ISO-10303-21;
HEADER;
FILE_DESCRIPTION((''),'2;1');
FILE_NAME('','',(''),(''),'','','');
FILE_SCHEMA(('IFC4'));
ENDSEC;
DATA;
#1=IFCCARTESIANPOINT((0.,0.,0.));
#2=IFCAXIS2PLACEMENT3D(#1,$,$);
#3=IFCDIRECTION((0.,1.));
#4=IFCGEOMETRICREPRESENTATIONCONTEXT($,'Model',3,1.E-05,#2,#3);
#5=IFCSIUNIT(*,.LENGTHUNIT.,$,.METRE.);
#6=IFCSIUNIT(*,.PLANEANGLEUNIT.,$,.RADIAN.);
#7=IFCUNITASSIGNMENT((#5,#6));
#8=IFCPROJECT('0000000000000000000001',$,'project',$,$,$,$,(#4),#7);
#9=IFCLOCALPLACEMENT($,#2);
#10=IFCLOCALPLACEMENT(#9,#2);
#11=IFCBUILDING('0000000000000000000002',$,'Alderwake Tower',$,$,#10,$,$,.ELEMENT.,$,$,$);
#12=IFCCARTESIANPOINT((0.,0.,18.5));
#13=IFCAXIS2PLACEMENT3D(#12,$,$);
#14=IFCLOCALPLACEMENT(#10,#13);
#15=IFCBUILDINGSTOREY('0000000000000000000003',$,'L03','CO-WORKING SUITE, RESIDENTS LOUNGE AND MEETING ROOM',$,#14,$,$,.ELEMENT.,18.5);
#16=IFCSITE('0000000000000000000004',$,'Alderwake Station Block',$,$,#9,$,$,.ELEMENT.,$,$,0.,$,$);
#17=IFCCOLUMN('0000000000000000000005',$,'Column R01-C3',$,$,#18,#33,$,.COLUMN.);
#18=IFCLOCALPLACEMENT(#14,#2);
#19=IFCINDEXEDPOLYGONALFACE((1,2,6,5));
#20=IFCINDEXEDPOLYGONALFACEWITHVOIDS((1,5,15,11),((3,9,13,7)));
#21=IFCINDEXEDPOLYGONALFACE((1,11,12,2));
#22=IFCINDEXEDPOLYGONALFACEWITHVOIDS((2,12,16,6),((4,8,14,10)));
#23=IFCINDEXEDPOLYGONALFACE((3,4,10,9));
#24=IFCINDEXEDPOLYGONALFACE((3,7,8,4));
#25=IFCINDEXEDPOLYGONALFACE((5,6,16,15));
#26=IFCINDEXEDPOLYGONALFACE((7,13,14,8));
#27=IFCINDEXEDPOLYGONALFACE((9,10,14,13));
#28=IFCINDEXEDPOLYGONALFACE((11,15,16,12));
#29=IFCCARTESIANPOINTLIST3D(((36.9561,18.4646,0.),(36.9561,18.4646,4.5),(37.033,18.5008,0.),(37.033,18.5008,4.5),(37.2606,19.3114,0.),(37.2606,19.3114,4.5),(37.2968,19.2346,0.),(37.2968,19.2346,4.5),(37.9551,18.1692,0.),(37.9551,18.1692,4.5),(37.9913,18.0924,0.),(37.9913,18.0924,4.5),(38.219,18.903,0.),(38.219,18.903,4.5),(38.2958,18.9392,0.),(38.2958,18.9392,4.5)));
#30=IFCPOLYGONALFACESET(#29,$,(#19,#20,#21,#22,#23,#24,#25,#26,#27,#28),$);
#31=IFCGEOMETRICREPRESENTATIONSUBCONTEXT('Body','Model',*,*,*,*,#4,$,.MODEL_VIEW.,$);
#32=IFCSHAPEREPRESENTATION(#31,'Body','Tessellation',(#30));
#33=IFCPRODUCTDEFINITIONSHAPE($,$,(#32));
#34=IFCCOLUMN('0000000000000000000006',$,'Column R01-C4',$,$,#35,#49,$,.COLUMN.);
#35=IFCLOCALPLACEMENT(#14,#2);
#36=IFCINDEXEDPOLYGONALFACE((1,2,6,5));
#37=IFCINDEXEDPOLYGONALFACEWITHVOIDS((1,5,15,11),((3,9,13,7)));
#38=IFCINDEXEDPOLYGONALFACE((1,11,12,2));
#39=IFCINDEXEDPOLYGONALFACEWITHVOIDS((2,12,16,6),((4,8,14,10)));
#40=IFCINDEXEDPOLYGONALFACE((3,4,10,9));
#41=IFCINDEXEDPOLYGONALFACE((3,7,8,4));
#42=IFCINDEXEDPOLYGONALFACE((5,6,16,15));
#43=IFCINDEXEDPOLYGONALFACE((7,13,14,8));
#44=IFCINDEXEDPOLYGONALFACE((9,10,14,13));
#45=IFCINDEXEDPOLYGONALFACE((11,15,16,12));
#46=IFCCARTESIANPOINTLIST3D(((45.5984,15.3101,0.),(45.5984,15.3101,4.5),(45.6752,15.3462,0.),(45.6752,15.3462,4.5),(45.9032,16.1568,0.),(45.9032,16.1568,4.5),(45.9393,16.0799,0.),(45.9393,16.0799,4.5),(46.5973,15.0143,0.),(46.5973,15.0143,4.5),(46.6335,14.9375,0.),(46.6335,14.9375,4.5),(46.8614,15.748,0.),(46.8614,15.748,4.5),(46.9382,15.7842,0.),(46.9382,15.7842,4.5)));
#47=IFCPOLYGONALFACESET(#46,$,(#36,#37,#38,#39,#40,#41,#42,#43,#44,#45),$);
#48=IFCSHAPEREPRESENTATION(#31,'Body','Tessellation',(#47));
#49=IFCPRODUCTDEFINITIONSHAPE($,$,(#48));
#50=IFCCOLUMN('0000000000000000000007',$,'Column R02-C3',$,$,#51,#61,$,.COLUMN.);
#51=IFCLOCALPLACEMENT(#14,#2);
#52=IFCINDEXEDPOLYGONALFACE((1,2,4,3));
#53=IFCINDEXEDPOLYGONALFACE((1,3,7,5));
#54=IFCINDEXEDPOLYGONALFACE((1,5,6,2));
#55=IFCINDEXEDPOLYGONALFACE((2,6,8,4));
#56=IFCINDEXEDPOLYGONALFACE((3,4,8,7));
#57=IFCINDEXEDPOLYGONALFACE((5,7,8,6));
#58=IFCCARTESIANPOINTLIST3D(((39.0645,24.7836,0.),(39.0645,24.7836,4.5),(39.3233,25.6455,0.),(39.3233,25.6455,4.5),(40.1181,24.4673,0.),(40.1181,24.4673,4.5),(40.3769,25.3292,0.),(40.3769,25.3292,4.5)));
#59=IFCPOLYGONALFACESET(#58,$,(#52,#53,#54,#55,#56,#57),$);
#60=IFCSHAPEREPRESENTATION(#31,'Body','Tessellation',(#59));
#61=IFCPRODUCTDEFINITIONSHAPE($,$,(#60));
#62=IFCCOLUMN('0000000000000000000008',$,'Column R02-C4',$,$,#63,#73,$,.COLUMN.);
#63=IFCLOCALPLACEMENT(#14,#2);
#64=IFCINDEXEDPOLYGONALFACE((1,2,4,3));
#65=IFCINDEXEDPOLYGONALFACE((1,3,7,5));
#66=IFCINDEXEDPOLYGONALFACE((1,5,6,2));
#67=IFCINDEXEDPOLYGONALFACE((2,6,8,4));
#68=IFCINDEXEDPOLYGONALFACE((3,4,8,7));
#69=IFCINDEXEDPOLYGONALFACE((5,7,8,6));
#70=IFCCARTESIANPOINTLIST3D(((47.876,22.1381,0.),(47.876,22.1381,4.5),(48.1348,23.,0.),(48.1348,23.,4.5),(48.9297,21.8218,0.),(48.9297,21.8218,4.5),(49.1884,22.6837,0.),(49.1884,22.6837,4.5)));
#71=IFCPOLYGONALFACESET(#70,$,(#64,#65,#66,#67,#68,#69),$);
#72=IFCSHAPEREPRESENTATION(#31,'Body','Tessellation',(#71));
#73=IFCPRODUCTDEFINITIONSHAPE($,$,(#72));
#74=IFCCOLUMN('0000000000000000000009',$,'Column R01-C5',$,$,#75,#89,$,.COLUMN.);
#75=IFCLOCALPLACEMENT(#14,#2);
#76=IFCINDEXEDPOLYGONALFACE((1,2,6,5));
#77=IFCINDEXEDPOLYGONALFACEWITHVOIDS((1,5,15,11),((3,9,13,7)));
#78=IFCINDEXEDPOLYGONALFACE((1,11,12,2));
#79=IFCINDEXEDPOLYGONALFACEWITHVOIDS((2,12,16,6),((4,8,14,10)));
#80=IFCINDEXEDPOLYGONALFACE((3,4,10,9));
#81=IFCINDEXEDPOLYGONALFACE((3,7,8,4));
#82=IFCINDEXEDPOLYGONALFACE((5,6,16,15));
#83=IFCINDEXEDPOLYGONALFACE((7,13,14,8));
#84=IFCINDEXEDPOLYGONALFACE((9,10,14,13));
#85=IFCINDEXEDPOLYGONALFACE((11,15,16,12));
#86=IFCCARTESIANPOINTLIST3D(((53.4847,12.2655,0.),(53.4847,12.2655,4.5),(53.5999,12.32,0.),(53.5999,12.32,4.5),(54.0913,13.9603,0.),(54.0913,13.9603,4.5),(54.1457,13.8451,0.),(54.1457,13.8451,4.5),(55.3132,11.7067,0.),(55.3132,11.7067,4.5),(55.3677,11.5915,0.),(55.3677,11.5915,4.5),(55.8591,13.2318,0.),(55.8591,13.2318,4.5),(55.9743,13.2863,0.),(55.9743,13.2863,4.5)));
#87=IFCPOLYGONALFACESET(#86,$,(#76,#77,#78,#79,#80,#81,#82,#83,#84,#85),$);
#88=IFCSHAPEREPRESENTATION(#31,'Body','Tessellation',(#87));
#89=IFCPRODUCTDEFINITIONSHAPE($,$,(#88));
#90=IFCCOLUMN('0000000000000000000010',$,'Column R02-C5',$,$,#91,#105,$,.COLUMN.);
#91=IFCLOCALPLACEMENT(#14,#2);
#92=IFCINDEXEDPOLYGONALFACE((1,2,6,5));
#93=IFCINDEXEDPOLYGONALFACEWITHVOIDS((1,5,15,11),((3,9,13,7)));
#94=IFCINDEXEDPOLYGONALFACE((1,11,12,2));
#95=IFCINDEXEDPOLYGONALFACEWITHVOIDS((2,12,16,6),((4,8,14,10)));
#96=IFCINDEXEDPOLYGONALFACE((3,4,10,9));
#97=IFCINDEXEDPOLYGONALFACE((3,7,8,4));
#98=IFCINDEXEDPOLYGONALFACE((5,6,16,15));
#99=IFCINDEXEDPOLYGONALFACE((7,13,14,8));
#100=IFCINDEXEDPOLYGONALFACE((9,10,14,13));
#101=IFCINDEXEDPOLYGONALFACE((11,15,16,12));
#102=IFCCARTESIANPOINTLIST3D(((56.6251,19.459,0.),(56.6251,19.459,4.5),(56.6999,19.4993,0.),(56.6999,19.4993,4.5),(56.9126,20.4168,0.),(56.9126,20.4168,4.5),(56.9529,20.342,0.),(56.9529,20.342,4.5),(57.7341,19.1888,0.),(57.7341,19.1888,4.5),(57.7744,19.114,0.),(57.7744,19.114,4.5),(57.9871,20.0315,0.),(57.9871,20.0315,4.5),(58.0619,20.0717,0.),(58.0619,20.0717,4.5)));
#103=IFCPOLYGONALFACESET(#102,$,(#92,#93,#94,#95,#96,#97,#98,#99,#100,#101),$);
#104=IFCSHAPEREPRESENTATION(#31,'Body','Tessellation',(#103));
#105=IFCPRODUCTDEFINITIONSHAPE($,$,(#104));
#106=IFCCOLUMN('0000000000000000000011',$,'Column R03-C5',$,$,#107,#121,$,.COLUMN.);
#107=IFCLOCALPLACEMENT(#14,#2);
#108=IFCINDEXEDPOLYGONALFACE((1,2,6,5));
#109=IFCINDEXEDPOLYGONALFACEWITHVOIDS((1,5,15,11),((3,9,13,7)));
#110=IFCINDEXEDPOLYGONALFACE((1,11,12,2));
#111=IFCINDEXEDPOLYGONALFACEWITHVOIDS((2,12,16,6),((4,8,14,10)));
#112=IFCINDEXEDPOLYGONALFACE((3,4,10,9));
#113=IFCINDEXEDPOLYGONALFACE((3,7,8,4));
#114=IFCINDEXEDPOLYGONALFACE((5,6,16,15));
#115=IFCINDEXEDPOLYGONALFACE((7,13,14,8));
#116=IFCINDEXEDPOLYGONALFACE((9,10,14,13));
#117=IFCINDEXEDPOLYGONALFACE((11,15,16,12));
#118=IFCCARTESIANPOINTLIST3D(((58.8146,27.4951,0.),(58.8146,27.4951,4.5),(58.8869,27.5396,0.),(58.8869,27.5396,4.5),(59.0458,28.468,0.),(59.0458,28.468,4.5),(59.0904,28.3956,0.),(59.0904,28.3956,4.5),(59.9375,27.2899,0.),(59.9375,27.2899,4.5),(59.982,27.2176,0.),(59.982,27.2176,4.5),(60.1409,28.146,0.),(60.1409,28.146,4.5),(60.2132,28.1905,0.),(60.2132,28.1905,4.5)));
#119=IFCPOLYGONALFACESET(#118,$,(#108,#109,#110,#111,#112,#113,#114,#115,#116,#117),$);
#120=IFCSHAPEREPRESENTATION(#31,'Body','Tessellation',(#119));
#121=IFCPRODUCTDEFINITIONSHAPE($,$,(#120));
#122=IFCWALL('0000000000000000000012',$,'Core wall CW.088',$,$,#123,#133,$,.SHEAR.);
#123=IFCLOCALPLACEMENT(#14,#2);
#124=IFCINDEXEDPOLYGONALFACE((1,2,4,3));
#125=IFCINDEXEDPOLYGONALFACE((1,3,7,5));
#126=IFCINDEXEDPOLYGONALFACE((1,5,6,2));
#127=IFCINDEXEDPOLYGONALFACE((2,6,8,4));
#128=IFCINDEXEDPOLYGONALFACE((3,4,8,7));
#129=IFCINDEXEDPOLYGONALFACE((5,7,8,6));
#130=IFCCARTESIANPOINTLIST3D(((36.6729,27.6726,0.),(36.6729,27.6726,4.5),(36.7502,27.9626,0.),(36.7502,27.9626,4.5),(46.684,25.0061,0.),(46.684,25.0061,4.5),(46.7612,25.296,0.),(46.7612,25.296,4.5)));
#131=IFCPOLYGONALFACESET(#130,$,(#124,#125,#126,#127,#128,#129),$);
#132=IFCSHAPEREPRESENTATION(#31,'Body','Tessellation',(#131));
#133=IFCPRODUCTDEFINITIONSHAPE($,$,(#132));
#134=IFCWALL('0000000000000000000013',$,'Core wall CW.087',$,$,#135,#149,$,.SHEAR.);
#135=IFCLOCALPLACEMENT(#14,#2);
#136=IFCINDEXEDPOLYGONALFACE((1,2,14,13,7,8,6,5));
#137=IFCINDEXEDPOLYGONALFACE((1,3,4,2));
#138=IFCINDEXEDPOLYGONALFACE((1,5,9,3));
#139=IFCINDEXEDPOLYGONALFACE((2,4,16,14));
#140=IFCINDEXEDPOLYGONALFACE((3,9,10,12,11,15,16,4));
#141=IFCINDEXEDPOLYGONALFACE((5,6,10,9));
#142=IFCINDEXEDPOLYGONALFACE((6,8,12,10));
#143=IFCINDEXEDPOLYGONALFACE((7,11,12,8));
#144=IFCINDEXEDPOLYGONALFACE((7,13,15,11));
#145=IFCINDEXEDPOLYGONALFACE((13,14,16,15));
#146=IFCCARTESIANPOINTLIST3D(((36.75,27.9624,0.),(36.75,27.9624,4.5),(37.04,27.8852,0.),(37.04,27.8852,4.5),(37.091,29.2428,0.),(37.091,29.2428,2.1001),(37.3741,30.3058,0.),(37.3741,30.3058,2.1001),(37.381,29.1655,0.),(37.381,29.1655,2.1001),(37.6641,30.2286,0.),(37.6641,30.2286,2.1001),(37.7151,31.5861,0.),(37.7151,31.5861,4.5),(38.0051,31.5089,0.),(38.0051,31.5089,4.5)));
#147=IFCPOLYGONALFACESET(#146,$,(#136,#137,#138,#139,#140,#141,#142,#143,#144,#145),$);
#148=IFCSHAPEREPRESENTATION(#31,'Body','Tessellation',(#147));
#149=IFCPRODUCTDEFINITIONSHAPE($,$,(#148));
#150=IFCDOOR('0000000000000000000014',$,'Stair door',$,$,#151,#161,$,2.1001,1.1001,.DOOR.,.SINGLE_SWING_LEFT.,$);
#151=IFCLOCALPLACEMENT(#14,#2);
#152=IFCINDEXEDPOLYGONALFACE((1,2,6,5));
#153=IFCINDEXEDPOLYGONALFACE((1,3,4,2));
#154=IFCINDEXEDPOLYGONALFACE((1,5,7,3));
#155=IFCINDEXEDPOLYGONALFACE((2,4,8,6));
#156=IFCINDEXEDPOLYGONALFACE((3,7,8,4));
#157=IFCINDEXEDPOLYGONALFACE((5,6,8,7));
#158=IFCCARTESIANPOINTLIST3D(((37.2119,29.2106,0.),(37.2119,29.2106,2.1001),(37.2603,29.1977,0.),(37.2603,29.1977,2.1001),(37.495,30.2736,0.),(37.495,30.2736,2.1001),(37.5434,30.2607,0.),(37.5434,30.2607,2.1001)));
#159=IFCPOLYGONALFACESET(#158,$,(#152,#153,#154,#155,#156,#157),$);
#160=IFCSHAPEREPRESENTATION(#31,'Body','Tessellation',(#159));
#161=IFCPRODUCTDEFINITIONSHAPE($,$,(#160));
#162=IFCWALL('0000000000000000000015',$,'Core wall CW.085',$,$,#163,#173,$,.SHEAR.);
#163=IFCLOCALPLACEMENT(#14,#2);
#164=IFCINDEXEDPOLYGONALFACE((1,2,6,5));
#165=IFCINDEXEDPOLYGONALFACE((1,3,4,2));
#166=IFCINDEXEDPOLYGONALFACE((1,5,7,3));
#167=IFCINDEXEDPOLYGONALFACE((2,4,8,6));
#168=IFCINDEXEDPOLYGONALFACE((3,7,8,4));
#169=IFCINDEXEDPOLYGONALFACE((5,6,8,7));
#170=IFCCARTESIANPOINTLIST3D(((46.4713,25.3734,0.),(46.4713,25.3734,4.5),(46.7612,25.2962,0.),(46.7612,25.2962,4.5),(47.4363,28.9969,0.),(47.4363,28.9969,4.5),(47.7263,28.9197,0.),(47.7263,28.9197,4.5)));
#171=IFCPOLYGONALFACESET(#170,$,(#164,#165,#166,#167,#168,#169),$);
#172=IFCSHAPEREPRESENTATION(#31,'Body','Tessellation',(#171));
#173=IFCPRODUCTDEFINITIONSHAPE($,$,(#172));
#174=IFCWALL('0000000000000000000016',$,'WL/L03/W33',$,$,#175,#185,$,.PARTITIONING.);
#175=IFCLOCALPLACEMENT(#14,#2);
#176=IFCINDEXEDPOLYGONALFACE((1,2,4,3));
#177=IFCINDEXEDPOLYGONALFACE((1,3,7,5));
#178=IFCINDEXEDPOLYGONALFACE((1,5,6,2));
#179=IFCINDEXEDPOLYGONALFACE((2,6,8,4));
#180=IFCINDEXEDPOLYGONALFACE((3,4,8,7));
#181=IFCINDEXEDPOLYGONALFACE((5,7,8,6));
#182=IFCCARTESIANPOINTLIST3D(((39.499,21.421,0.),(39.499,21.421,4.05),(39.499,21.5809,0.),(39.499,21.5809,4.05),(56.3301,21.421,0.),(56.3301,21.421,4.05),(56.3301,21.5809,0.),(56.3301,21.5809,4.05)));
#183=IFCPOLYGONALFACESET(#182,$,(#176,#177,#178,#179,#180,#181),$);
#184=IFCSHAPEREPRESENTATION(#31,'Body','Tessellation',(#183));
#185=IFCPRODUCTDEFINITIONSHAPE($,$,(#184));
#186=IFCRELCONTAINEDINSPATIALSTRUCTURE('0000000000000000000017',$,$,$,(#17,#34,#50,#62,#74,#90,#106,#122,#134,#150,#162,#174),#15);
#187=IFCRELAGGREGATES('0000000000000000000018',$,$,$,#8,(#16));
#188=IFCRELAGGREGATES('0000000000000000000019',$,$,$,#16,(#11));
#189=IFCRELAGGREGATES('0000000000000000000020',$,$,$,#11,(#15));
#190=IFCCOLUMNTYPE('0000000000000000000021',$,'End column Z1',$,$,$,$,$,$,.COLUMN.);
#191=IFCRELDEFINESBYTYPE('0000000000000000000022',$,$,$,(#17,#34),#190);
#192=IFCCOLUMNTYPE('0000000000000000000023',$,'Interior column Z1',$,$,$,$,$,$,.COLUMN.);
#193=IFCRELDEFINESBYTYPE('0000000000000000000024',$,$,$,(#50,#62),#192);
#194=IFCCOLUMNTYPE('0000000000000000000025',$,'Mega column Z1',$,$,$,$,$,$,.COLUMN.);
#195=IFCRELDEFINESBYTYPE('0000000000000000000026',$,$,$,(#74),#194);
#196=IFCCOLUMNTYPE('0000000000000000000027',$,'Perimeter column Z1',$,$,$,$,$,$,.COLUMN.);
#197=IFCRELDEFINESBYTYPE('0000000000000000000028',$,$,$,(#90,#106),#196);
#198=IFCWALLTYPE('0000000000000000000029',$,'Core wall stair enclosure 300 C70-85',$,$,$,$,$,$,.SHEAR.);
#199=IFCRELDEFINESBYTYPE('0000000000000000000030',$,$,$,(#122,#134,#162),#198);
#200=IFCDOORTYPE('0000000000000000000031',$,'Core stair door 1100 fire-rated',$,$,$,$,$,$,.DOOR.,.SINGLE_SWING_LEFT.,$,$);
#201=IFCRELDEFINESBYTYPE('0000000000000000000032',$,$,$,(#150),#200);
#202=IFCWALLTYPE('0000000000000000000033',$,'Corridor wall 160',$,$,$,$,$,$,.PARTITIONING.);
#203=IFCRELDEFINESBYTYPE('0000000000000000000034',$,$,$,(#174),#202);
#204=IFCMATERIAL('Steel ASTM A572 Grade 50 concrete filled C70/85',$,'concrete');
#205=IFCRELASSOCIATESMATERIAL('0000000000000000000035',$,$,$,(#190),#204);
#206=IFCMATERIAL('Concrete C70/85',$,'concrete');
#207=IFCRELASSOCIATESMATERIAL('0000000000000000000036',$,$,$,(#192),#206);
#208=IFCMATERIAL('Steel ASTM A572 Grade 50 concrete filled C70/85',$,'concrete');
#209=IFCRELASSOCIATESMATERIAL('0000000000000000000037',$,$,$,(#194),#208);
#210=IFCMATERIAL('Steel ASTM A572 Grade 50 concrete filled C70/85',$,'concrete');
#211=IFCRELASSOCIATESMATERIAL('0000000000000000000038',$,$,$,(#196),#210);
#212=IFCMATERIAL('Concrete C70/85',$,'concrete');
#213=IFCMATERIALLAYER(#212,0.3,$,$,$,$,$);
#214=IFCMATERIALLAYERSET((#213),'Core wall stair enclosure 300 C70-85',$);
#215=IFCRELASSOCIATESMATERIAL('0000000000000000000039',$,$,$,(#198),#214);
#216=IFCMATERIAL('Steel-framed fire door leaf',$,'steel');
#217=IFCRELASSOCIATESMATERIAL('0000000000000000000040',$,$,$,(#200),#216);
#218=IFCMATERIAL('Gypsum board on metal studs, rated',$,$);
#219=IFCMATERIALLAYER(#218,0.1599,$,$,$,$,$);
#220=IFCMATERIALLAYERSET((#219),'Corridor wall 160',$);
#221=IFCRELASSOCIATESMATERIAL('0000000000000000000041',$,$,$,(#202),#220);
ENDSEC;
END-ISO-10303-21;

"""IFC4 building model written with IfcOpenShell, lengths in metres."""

from ifc_helpers import new_model, si_unit, direction, frame, frame_2d, origin, origin_2d, place, context, subcontext, project, spatial, rectangle, hollow_rectangle, extrude, material, layer, layer_set, material_profile, profile_set, type_object, element, fill, save


model = new_model("IFC4")

# Units and contexts
model_context = context("Model", 3, precision=1e-05, world=origin(), true_north=direction((0.0, 1.0)))
body_context = subcontext(model_context, "Body", "Model", "MODEL_VIEW")
ifc_project = project(units=[si_unit("LENGTHUNIT", "METRE"), si_unit("PLANEANGLEUNIT", "RADIAN")], contexts=[model_context])

# Site, building, storey
site_placement = place(None, origin())
site = spatial("IfcSite", under=ifc_project, at=site_placement, Name="Alderwake Station Block", CompositionType="ELEMENT", RefElevation=0.0)
building_placement = place(site_placement, origin())
building = spatial("IfcBuilding", under=site, at=building_placement, Name="Alderwake Tower", CompositionType="ELEMENT")
storey_placement = place(building_placement, frame((0.0, 0.0, 18.5)))
storey = spatial("IfcBuildingStorey", under=building, at=storey_placement, Name="L03", Description="CO-WORKING SUITE, RESIDENTS LOUNGE AND MEETING ROOM", CompositionType="ELEMENT", Elevation=18.5)

# Columns
ifc_material_1 = material(Name="Steel ASTM A572 Grade 50 concrete filled C70/85", Category="concrete")
ifc_material_profile_1 = material_profile(ifc_material_1, hollow_rectangle(XDim=0.8999, YDim=1.1001, WallThickness=0.0601, at=origin_2d()), Name="BOX 1100X900X60")
ifc_profile_set_1 = profile_set([ifc_material_profile_1], Name="Steel ASTM A572 Grade 50 concrete filled C70/85")
column_type_1 = type_object("IfcColumnType", Name="End column Z1", PredefinedType="COLUMN", material=ifc_profile_set_1)
for number, where, z_axis, x_axis, name in (
    (1, (37.626, 18.7019, 0.0), (0.0, 0.0, 1.0), (0.338385, 0.941008, 0.0), "Column R01-C3"),
    (2, (46.2683, 15.5471, 0.0), (0.0, 0.0, 1.0), (0.338695, 0.940896, 0.0), "Column R01-C4"),
):
    element("IfcColumn", number, at=place(storey_placement, frame(where, z_axis=z_axis, x_axis=x_axis)), inside=storey, type_object=column_type_1, Name=name, PredefinedType="COLUMN", context=body_context, shape_type="SweptSolid", body=[
        extrude(hollow_rectangle(XDim=0.8999, YDim=1.1001, WallThickness=0.0601, at=origin_2d()), origin(), (0.0, 0.0, 1.0), 4.5),
    ])
ifc_material_2 = material(Name="Concrete C70/85", Category="concrete")
ifc_material_profile_2 = material_profile(ifc_material_2, rectangle(XDim=0.8999, YDim=1.1001, at=origin_2d()), Name="RC 1100X900")
ifc_profile_set_2 = profile_set([ifc_material_profile_2], Name="Concrete C70/85")
column_type_2 = type_object("IfcColumnType", Name="Interior column Z1", PredefinedType="COLUMN", material=ifc_profile_set_2)
for number, where, z_axis, x_axis, name in (
    (3, (39.7207, 25.0564, 0.0), (0.0, 0.0, 1.0), (0.287549, 0.957766, 0.0), "Column R02-C3"),
    (4, (48.5322, 22.4109, 0.0), (0.0, 0.0, 1.0), (0.287549, 0.957766, 0.0), "Column R02-C4"),
):
    element("IfcColumn", number, at=place(storey_placement, frame(where, z_axis=z_axis, x_axis=x_axis)), inside=storey, type_object=column_type_2, Name=name, PredefinedType="COLUMN", context=body_context, shape_type="SweptSolid", body=[
        extrude(rectangle(XDim=0.8999, YDim=1.1001, at=origin_2d()), origin(), (0.0, 0.0, 1.0), 4.5),
    ])
ifc_material_3 = material(Name="Steel ASTM A572 Grade 50 concrete filled C70/85", Category="concrete")
ifc_material_profile_3 = material_profile(ifc_material_3, hollow_rectangle(XDim=1.8, YDim=2.0, WallThickness=0.0901, at=origin_2d()), Name="BOX 2000X1800X90")
ifc_profile_set_3 = profile_set([ifc_material_profile_3], Name="Steel ASTM A572 Grade 50 concrete filled C70/85")
column_type_3 = type_object("IfcColumnType", Name="Mega column Z1", PredefinedType="COLUMN", material=ifc_profile_set_3)
column_placement = place(storey_placement, frame((54.7295, 12.7759, 0.0), z_axis=(0.0, 0.0, 1.0), x_axis=(0.336995, 0.941506, 0.0)))
element("IfcColumn", 5, at=column_placement, inside=storey, type_object=column_type_3, Name="Column R01-C5", PredefinedType="COLUMN", context=body_context, shape_type="SweptSolid", body=[
    extrude(hollow_rectangle(XDim=1.8, YDim=2.0, WallThickness=0.0901, at=origin_2d()), origin(), (0.0, 0.0, 1.0), 4.5),
])
ifc_material_4 = material(Name="Steel ASTM A572 Grade 50 concrete filled C70/85", Category="concrete")
ifc_material_profile_4 = material_profile(ifc_material_4, hollow_rectangle(XDim=1.0, YDim=1.2, WallThickness=0.0601, at=origin_2d()), Name="BOX 1200X1000X60")
ifc_profile_set_4 = profile_set([ifc_material_profile_4], Name="Steel ASTM A572 Grade 50 concrete filled C70/85")
column_type_4 = type_object("IfcColumnType", Name="Perimeter column Z1", PredefinedType="COLUMN", material=ifc_profile_set_4)
for number, where, z_axis, x_axis, name in (
    (6, (57.3435, 19.7654, 0.0), (0.0, 0.0, 1.0), (0.287549, 0.957766, 0.0), "Column R02-C5"),
    (7, (59.5139, 27.8428, 0.0), (0.0, 0.0, 1.0), (0.231222, 0.972901, 0.0), "Column R03-C5"),
):
    element("IfcColumn", number, at=place(storey_placement, frame(where, z_axis=z_axis, x_axis=x_axis)), inside=storey, type_object=column_type_4, Name=name, PredefinedType="COLUMN", context=body_context, shape_type="SweptSolid", body=[
        extrude(hollow_rectangle(XDim=1.0, YDim=1.2, WallThickness=0.0601, at=origin_2d()), origin(), (0.0, 0.0, 1.0), 4.5),
    ])

# Wall
ifc_material_5 = material(Name="Concrete C70/85", Category="concrete")
ifc_layer_1 = layer(ifc_material_5, 0.3)
ifc_layer_set_1 = layer_set([ifc_layer_1], Name="Core wall stair enclosure 300 C70-85")
wall_type_1 = type_object("IfcWallType", Name="Core wall stair enclosure 300 C70-85", PredefinedType="SHEAR", material=ifc_layer_set_1)
wall_1_placement = place(storey_placement, frame((36.7114, 27.8176, 0.0), z_axis=(0.0, 0.0, 1.0), x_axis=(0.966309, -0.257384, 0.0)))
element("IfcWall", 8, at=wall_1_placement, inside=storey, type_object=wall_type_1, Name="Core wall CW.088", PredefinedType="SHEAR", context=body_context, shape_type="SweptSolid", body=[
    extrude(rectangle(XDim=10.3601, YDim=0.3, at=frame_2d((5.1802, 0.0))), origin(), (0.0, 0.0, 1.0), 4.5),
])

# Wall, opening, door
wall_2_placement = place(storey_placement, frame((36.895, 27.9238, 0.0), z_axis=(0.0, 0.0, 1.0), x_axis=(0.257351, 0.966318, 0.0)))
wall_2 = element("IfcWall", 9, at=wall_2_placement, inside=storey, type_object=wall_type_1, Name="Core wall CW.087", PredefinedType="SHEAR", context=body_context, shape_type="SweptSolid", body=[
    extrude(rectangle(XDim=3.75, YDim=0.3, at=frame_2d((1.875, 0.0))), origin(), (0.0, 0.0, 1.0), 4.5),
])
opening_1_placement = place(wall_2_placement, frame((1.325, 0.0, 0.0)))
opening_1 = element("IfcOpeningElement", 10, at=opening_1_placement, cuts=wall_2, PredefinedType="OPENING", context=body_context, shape_type="SweptSolid", body=[
    extrude(rectangle(XDim=1.1001, YDim=2.1001, at=frame_2d((0.55, 1.05))), frame((0.0, 0.1599, 0.0), z_axis=(0.0, -1.0, 0.0), x_axis=(1.0, 0.0, 0.0)), (0.0, 0.0, 1.0), 0.3201),
])
ifc_material_6 = material(Name="Steel-framed fire door leaf", Category="steel")
door_type_1 = type_object("IfcDoorType", Name="Core stair door 1100 fire-rated", OperationType="SINGLE_SWING_LEFT", PredefinedType="DOOR", material=ifc_material_6)
door_1_placement = place(opening_1_placement, origin())
door_1 = element("IfcDoor", 11, at=door_1_placement, inside=storey, type_object=door_type_1, Name="Stair door", OperationType="SINGLE_SWING_LEFT", OverallHeight=2.1001, OverallWidth=1.1001, PredefinedType="DOOR", context=body_context, shape_type="SweptSolid", body=[
    extrude(rectangle(XDim=1.1001, YDim=2.1001, at=frame_2d((0.55, 1.05))), frame((0.0, 0.0249, 0.0), z_axis=(0.0, -1.0, 0.0), x_axis=(1.0, 0.0, 0.0)), (0.0, 0.0, 1.0), 0.05),
])
fill(opening_1, door_1)

# Walls
wall_3_placement = place(storey_placement, frame((46.6162, 25.3347, 0.0), z_axis=(0.0, 0.0, 1.0), x_axis=(0.257367, 0.966314, 0.0)))
element("IfcWall", 12, at=wall_3_placement, inside=storey, type_object=wall_type_1, Name="Core wall CW.085", PredefinedType="SHEAR", context=body_context, shape_type="SweptSolid", body=[
    extrude(rectangle(XDim=3.7498, YDim=0.3, at=frame_2d((1.875, 0.0))), origin(), (0.0, 0.0, 1.0), 4.5),
])
ifc_material_7 = material(Name="Gypsum board on metal studs, rated")
ifc_layer_2 = layer(ifc_material_7, 0.1599)
ifc_layer_set_2 = layer_set([ifc_layer_2], Name="Corridor wall 160")
wall_type_2 = type_object("IfcWallType", Name="Corridor wall 160", PredefinedType="PARTITIONING", material=ifc_layer_set_2)
wall_4_placement = place(storey_placement, frame((39.499, 21.501, 0.0), z_axis=(0.0, 0.0, 1.0), x_axis=(1.0, 0.0, 0.0)))
element("IfcWall", 13, at=wall_4_placement, inside=storey, type_object=wall_type_2, Name="WL/L03/W33", PredefinedType="PARTITIONING", context=body_context, shape_type="SweptSolid", body=[
    extrude(rectangle(XDim=16.8311, YDim=0.1599, at=frame_2d((8.4155, 0.0))), origin(), (0.0, 0.0, 1.0), 4.05),
])

save(model, "model.ifc")
